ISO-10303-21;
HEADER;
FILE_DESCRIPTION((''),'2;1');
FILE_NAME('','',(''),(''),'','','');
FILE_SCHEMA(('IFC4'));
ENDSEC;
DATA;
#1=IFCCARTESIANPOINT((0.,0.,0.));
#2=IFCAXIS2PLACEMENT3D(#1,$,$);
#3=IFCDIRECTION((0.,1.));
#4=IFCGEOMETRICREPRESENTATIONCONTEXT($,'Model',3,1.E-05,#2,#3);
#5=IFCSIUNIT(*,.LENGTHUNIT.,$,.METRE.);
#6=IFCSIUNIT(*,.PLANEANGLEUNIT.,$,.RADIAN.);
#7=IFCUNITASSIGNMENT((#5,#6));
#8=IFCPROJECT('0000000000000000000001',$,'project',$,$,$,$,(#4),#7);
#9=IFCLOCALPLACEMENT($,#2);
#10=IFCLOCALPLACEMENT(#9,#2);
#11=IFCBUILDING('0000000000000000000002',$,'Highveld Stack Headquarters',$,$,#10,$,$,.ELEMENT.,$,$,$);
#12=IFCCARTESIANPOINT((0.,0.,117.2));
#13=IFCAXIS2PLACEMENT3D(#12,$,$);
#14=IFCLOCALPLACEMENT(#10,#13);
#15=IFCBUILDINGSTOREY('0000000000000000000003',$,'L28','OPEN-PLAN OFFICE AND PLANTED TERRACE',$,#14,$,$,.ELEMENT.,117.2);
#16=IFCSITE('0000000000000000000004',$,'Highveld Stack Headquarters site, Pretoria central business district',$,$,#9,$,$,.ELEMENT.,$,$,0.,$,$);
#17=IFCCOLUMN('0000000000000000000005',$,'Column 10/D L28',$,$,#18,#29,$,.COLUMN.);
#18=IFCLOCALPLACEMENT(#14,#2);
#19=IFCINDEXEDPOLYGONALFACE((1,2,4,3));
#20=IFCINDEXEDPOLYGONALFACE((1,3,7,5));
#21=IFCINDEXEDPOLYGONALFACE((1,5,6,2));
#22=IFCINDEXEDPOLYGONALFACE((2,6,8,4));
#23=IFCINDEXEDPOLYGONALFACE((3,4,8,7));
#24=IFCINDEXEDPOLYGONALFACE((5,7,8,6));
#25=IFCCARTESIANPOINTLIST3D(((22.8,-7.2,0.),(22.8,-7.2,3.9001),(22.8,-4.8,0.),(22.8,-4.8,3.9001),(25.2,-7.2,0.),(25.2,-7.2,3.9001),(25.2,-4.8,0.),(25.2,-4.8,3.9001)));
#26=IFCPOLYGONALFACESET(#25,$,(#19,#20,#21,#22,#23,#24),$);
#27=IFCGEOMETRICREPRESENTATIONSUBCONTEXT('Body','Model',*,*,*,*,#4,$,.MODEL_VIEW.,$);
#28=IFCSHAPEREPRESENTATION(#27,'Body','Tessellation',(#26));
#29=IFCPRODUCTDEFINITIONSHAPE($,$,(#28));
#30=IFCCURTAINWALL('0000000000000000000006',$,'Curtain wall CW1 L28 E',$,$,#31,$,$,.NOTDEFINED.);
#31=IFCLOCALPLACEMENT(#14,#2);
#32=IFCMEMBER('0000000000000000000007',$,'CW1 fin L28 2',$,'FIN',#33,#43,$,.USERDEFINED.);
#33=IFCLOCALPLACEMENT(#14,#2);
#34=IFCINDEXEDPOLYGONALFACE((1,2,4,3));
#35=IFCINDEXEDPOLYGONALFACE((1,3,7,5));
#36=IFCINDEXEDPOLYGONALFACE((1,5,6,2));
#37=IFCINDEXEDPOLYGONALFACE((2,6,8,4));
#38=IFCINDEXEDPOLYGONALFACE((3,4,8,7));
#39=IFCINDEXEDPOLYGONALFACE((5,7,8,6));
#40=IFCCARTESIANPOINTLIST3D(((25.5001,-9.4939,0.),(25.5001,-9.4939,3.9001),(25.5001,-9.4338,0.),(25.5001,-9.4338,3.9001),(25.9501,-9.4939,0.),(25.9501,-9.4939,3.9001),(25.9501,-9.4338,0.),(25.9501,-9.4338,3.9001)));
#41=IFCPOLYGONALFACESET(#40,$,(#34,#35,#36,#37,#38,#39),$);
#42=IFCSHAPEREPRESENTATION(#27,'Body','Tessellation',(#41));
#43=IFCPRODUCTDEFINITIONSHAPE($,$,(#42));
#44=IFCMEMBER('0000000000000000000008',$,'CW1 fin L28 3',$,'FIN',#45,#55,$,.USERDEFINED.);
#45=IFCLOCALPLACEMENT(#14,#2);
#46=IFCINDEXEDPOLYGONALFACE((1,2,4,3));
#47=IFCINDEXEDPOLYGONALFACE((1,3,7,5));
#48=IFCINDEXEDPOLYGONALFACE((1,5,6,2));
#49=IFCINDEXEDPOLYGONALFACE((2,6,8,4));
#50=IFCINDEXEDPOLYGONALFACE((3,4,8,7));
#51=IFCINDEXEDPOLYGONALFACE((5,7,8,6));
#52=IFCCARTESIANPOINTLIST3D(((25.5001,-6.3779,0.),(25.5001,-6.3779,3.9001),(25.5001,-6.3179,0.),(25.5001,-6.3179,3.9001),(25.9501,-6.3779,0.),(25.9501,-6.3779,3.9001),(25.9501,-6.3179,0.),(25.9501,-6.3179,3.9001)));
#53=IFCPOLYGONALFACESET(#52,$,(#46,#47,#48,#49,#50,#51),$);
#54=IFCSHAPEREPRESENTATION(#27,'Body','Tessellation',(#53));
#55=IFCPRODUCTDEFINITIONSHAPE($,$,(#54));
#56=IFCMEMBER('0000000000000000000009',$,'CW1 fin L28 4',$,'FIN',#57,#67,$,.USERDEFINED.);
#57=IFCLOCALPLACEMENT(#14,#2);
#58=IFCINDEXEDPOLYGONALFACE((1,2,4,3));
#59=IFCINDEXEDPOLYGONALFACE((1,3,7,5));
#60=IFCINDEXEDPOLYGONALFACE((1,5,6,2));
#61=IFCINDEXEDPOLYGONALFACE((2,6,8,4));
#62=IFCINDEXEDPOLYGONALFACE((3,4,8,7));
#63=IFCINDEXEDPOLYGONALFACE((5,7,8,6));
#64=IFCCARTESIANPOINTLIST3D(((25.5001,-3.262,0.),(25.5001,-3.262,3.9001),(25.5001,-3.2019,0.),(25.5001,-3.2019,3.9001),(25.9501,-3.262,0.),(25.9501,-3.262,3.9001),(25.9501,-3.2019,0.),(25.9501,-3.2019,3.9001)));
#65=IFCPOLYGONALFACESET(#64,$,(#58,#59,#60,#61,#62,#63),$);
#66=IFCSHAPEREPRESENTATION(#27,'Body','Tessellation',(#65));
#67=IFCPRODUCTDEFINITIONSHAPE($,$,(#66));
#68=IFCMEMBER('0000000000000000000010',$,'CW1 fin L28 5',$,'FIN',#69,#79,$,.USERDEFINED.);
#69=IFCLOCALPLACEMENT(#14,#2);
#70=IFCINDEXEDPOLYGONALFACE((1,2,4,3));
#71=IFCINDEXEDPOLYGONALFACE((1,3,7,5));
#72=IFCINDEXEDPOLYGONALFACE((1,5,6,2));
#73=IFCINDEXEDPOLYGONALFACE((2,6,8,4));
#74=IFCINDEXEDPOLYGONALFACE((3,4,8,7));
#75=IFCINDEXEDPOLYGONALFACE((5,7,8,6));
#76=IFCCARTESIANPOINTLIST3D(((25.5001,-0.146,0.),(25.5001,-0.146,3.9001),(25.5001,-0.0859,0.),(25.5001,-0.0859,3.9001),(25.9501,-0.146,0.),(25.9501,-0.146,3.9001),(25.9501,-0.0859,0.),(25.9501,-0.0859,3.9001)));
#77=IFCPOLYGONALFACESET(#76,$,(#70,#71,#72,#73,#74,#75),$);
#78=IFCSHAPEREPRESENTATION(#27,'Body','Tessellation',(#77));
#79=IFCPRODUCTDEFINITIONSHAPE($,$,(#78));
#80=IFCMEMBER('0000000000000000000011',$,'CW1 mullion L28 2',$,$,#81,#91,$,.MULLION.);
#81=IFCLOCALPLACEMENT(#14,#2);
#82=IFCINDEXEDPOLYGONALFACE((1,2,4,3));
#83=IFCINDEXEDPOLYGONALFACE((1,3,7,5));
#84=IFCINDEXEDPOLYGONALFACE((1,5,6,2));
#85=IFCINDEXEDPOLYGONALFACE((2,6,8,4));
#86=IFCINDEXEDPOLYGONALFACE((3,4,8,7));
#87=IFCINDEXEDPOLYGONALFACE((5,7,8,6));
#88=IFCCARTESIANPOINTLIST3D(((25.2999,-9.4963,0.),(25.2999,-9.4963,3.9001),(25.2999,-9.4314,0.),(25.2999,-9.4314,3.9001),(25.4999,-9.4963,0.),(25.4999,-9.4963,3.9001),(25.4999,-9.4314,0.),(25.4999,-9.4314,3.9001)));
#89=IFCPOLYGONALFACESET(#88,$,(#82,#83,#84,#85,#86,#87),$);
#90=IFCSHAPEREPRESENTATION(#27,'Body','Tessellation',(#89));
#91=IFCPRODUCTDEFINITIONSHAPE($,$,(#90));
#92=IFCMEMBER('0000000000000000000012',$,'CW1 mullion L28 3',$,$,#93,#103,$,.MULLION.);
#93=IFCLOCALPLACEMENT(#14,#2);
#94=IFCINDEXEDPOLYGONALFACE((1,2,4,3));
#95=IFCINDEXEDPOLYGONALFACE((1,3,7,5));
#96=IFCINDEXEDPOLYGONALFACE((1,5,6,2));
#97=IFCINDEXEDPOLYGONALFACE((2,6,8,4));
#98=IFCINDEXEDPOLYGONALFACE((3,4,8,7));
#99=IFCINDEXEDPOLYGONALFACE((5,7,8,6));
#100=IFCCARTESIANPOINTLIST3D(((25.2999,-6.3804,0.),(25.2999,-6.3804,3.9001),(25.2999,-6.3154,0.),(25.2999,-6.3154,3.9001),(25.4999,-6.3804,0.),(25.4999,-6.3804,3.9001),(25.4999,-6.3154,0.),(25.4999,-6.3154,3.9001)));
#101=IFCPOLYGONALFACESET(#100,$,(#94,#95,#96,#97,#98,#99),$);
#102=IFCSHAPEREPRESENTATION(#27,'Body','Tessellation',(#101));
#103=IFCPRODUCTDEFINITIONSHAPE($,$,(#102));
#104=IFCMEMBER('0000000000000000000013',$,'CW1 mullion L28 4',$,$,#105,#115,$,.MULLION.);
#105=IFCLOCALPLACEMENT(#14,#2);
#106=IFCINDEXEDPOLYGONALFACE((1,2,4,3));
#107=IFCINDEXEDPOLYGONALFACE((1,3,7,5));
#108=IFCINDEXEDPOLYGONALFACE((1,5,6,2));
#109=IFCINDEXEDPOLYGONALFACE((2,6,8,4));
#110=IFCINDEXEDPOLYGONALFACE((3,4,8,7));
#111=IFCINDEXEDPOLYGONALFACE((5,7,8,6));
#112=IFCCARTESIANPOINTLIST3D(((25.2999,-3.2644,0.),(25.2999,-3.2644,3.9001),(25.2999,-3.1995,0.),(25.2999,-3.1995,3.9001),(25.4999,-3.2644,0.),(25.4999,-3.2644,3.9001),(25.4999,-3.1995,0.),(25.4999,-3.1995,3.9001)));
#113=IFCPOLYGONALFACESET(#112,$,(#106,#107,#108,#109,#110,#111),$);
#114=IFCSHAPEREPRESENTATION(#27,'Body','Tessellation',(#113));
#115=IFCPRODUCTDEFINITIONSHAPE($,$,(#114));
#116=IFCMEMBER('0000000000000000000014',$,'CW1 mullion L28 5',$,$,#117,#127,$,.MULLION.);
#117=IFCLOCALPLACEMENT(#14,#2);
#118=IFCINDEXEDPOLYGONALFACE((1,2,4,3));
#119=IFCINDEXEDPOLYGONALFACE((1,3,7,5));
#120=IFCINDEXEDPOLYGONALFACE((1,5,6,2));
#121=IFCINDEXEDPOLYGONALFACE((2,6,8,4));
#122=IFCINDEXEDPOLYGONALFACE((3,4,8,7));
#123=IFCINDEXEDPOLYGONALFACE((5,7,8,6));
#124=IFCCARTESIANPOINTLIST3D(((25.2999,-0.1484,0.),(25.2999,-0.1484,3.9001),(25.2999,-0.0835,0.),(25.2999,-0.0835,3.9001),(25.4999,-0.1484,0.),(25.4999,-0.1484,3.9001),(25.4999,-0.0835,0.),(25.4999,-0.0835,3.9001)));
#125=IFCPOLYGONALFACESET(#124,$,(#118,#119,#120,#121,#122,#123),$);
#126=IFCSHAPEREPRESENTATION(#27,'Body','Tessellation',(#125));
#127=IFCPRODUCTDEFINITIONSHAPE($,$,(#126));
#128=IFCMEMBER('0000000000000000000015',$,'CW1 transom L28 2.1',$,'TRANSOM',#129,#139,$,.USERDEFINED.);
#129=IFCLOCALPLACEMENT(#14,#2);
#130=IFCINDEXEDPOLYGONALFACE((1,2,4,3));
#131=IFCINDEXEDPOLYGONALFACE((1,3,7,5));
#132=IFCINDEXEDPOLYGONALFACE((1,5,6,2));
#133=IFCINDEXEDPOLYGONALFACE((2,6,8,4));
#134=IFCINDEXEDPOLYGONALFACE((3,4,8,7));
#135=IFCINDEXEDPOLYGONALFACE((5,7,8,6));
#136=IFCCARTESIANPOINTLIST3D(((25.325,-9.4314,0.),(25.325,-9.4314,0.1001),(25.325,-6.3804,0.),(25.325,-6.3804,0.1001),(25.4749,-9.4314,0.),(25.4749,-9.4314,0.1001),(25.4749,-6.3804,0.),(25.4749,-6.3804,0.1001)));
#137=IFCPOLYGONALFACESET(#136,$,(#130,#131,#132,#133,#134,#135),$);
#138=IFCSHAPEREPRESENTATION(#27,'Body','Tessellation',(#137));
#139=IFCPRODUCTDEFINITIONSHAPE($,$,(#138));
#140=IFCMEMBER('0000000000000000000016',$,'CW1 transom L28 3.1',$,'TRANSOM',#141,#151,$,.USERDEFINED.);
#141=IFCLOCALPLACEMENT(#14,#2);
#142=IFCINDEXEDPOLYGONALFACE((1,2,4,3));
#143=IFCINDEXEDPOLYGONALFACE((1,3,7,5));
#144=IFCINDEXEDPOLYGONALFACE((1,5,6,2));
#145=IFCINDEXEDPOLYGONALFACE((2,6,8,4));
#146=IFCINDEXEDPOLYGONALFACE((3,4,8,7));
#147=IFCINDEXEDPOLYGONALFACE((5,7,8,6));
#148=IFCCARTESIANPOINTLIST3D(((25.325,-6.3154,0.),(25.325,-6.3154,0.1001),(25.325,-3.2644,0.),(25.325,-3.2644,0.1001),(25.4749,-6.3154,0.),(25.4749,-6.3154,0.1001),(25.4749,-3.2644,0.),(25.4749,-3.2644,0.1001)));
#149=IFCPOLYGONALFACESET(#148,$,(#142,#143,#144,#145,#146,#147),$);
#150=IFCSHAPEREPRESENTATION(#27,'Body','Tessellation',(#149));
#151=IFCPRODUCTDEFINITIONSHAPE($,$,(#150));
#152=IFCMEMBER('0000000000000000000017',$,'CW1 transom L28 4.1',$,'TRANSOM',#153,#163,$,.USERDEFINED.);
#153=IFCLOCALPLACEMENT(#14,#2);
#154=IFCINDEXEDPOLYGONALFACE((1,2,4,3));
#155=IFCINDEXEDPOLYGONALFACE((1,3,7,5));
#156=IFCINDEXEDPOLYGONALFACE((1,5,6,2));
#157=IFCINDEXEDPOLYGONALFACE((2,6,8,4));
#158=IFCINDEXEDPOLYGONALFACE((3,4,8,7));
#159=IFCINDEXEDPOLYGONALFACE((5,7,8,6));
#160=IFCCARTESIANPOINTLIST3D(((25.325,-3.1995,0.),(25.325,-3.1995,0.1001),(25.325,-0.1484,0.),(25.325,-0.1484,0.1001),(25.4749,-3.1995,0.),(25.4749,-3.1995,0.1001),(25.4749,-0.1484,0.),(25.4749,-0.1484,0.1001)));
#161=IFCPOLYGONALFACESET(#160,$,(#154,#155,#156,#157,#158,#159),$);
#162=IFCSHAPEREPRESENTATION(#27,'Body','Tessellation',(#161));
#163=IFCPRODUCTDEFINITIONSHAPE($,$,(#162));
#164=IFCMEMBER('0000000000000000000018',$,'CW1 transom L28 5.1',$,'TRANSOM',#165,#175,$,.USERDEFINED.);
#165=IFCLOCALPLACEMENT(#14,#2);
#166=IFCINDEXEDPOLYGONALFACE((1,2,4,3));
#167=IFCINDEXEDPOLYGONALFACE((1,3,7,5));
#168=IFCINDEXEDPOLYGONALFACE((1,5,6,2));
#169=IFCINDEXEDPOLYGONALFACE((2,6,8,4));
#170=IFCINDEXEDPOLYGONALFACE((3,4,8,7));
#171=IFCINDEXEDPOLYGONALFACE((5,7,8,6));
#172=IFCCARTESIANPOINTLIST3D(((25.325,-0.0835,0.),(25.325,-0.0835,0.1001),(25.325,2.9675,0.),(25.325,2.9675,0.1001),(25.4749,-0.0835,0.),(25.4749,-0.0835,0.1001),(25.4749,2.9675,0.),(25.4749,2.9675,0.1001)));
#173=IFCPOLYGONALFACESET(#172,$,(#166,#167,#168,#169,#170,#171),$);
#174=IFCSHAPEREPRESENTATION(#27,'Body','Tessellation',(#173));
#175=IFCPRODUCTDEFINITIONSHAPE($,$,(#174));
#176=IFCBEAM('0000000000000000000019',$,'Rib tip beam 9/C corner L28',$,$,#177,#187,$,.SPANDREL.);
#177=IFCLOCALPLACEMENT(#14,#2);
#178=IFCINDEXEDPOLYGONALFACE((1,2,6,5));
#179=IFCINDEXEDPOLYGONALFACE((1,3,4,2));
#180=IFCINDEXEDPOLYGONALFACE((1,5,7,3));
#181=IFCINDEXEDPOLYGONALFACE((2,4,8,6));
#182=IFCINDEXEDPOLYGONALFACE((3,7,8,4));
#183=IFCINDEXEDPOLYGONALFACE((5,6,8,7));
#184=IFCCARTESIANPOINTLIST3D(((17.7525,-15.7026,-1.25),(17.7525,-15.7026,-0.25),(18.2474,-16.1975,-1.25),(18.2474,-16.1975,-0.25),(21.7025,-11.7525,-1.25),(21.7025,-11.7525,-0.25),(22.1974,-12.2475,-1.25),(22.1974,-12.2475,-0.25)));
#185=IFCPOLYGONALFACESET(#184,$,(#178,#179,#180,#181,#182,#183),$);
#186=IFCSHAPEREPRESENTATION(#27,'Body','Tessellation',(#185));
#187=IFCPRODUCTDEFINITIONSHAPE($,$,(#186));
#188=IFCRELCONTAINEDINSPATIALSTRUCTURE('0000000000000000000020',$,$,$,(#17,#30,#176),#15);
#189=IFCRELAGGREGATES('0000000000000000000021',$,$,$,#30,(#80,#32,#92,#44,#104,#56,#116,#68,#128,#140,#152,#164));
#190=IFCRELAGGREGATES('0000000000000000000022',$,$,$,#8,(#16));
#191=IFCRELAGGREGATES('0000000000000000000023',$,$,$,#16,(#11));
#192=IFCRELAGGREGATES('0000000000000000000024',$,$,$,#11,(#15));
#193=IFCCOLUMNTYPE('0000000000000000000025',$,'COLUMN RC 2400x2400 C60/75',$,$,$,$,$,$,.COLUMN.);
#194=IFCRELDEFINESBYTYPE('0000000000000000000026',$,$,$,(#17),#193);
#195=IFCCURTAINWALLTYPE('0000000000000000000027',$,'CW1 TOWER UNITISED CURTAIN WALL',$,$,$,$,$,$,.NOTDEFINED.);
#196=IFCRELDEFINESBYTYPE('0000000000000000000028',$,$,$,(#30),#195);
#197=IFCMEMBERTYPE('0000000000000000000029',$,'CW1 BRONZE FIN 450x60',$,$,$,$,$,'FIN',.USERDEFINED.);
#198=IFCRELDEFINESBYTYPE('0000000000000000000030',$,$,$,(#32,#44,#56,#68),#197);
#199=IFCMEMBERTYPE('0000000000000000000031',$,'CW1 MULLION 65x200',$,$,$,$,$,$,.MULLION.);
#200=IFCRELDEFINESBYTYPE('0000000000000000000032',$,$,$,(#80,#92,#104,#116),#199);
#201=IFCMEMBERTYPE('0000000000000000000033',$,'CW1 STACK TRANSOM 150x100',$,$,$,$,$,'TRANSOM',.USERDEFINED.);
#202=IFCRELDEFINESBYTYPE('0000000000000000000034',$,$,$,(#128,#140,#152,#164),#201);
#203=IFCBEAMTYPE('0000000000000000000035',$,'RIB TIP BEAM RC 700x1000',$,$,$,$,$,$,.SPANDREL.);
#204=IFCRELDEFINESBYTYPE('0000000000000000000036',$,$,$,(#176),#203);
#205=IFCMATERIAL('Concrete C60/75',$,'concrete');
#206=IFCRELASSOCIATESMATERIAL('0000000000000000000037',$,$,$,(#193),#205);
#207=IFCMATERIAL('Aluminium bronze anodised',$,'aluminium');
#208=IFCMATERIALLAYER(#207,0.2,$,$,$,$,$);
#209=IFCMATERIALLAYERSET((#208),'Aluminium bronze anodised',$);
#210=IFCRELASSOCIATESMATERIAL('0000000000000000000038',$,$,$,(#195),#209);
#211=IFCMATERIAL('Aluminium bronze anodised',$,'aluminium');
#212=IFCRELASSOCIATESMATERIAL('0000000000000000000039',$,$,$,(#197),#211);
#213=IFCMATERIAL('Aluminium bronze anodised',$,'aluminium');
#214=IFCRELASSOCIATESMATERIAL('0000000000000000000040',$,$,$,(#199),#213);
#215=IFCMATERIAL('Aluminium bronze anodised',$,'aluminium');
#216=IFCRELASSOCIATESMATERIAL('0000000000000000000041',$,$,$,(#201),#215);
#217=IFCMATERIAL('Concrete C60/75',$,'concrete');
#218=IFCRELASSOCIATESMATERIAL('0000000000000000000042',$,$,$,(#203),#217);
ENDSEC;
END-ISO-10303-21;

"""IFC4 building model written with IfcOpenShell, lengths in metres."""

from ifc_helpers import new_model, si_unit, direction, frame, origin, origin_2d, place, context, subcontext, project, spatial, rectangle, extrude, material, layer, layer_set, material_profile, profile_set, type_object, element, aggregate, save


model = new_model("IFC4")

# Units and contexts
model_context = context("Model", 3, precision=1e-05, world=origin(), true_north=direction((0.0, 1.0)))
body_context = subcontext(model_context, "Body", "Model", "MODEL_VIEW")
ifc_project = project(units=[si_unit("LENGTHUNIT", "METRE"), si_unit("PLANEANGLEUNIT", "RADIAN")], contexts=[model_context])

# Site, building, storey
site_placement = place(None, origin())
site = spatial("IfcSite", under=ifc_project, at=site_placement, Name="Highveld Stack Headquarters site, Pretoria central business district", CompositionType="ELEMENT", RefElevation=0.0)
building_placement = place(site_placement, origin())
building = spatial("IfcBuilding", under=site, at=building_placement, Name="Highveld Stack Headquarters", CompositionType="ELEMENT")
storey_placement = place(building_placement, frame((0.0, 0.0, 117.2)))
storey = spatial("IfcBuildingStorey", under=building, at=storey_placement, Name="L28", Description="OPEN-PLAN OFFICE AND PLANTED TERRACE", CompositionType="ELEMENT", Elevation=117.2)

# Column
ifc_material_1 = material(Name="Concrete C60/75", Category="concrete")
ifc_material_profile_1 = material_profile(ifc_material_1, rectangle(XDim=2.3999, YDim=2.3999, at=origin_2d()), Name="RC 2400x2400")
ifc_profile_set_1 = profile_set([ifc_material_profile_1], Name="Concrete C60/75")
column_type = type_object("IfcColumnType", Name="COLUMN RC 2400x2400 C60/75", PredefinedType="COLUMN", material=ifc_profile_set_1)
column_placement = place(storey_placement, frame((24.0, -6.0, 0.0), z_axis=(0.0, 0.0, 1.0), x_axis=(1.0, 0.0, 0.0)))
element("IfcColumn", 1, at=column_placement, inside=storey, type_object=column_type, Name="Column 10/D L28", PredefinedType="COLUMN", context=body_context, shape_type="SweptSolid", body=[
    extrude(rectangle(XDim=2.3999, YDim=2.3999, at=origin_2d()), origin(), (0.0, 0.0, 1.0), 3.9001),
])

# Curtain wall, members
ifc_material_2 = material(Name="Aluminium bronze anodised", Category="aluminium")
ifc_layer_1 = layer(ifc_material_2, 0.2)
ifc_layer_set_1 = layer_set([ifc_layer_1], Name="Aluminium bronze anodised")
curtain_wall_type = type_object("IfcCurtainWallType", Name="CW1 TOWER UNITISED CURTAIN WALL", PredefinedType="NOTDEFINED", material=ifc_layer_set_1)
curtain_wall_placement = place(storey_placement, origin())
curtain_wall = element("IfcCurtainWall", 2, at=curtain_wall_placement, inside=storey, type_object=curtain_wall_type, Name="Curtain wall CW1 L28 E", PredefinedType="NOTDEFINED")
ifc_material_3 = material(Name="Aluminium bronze anodised", Category="aluminium")
ifc_material_profile_2 = material_profile(ifc_material_3, rectangle(XDim=0.45, YDim=0.0601, at=origin_2d()), Name="FIN 450x60")
ifc_profile_set_2 = profile_set([ifc_material_profile_2], Name="Aluminium bronze anodised")
member_type_1 = type_object("IfcMemberType", Name="CW1 BRONZE FIN 450x60", ElementType="FIN", PredefinedType="USERDEFINED", material=ifc_profile_set_2)
member_1_placement = place(storey_placement, frame((25.7251, -9.4639, 0.0), z_axis=(0.0, 0.0, 1.0), x_axis=(-1.0, 0.0, 0.0)))
member_1 = element("IfcMember", 3, at=member_1_placement, type_object=member_type_1, Name="CW1 fin L28 2", ObjectType="FIN", PredefinedType="USERDEFINED", context=body_context, shape_type="SweptSolid", body=[
    extrude(rectangle(XDim=0.45, YDim=0.0601, at=origin_2d()), origin(), (0.0, 0.0, 1.0), 3.9001),
])
member_2_placement = place(storey_placement, frame((25.7251, -6.3479, 0.0), z_axis=(0.0, 0.0, 1.0), x_axis=(-1.0, 0.0, 0.0)))
member_2 = element("IfcMember", 4, at=member_2_placement, type_object=member_type_1, Name="CW1 fin L28 3", ObjectType="FIN", PredefinedType="USERDEFINED", context=body_context, shape_type="SweptSolid", body=[
    extrude(rectangle(XDim=0.45, YDim=0.0601, at=origin_2d()), origin(), (0.0, 0.0, 1.0), 3.9001),
])
member_3_placement = place(storey_placement, frame((25.7251, -3.2319, 0.0), z_axis=(0.0, 0.0, 1.0), x_axis=(-1.0, 0.0, 0.0)))
member_3 = element("IfcMember", 5, at=member_3_placement, type_object=member_type_1, Name="CW1 fin L28 4", ObjectType="FIN", PredefinedType="USERDEFINED", context=body_context, shape_type="SweptSolid", body=[
    extrude(rectangle(XDim=0.45, YDim=0.0601, at=origin_2d()), origin(), (0.0, 0.0, 1.0), 3.9001),
])
member_4_placement = place(storey_placement, frame((25.7251, -0.116, 0.0), z_axis=(0.0, 0.0, 1.0), x_axis=(-1.0, 0.0, 0.0)))
member_4 = element("IfcMember", 6, at=member_4_placement, type_object=member_type_1, Name="CW1 fin L28 5", ObjectType="FIN", PredefinedType="USERDEFINED", context=body_context, shape_type="SweptSolid", body=[
    extrude(rectangle(XDim=0.45, YDim=0.0601, at=origin_2d()), origin(), (0.0, 0.0, 1.0), 3.9001),
])
ifc_material_4 = material(Name="Aluminium bronze anodised", Category="aluminium")
ifc_material_profile_3 = material_profile(ifc_material_4, rectangle(XDim=0.2, YDim=0.0649, at=origin_2d()), Name="CW1 MULLION 65x200")
ifc_profile_set_3 = profile_set([ifc_material_profile_3], Name="Aluminium bronze anodised")
member_type_2 = type_object("IfcMemberType", Name="CW1 MULLION 65x200", PredefinedType="MULLION", material=ifc_profile_set_3)
member_5_placement = place(storey_placement, frame((25.3999, -9.4639, 0.0), z_axis=(0.0, 0.0, 1.0), x_axis=(-1.0, 0.0, 0.0)))
member_5 = element("IfcMember", 7, at=member_5_placement, type_object=member_type_2, Name="CW1 mullion L28 2", PredefinedType="MULLION", context=body_context, shape_type="SweptSolid", body=[
    extrude(rectangle(XDim=0.2, YDim=0.0649, at=origin_2d()), origin(), (0.0, 0.0, 1.0), 3.9001),
])
member_6_placement = place(storey_placement, frame((25.3999, -6.3479, 0.0), z_axis=(0.0, 0.0, 1.0), x_axis=(-1.0, 0.0, 0.0)))
member_6 = element("IfcMember", 8, at=member_6_placement, type_object=member_type_2, Name="CW1 mullion L28 3", PredefinedType="MULLION", context=body_context, shape_type="SweptSolid", body=[
    extrude(rectangle(XDim=0.2, YDim=0.0649, at=origin_2d()), origin(), (0.0, 0.0, 1.0), 3.9001),
])
member_7_placement = place(storey_placement, frame((25.3999, -3.2319, 0.0), z_axis=(0.0, 0.0, 1.0), x_axis=(-1.0, 0.0, 0.0)))
member_7 = element("IfcMember", 9, at=member_7_placement, type_object=member_type_2, Name="CW1 mullion L28 4", PredefinedType="MULLION", context=body_context, shape_type="SweptSolid", body=[
    extrude(rectangle(XDim=0.2, YDim=0.0649, at=origin_2d()), origin(), (0.0, 0.0, 1.0), 3.9001),
])
member_8_placement = place(storey_placement, frame((25.3999, -0.116, 0.0), z_axis=(0.0, 0.0, 1.0), x_axis=(-1.0, 0.0, 0.0)))
member_8 = element("IfcMember", 10, at=member_8_placement, type_object=member_type_2, Name="CW1 mullion L28 5", PredefinedType="MULLION", context=body_context, shape_type="SweptSolid", body=[
    extrude(rectangle(XDim=0.2, YDim=0.0649, at=origin_2d()), origin(), (0.0, 0.0, 1.0), 3.9001),
])
ifc_material_5 = material(Name="Aluminium bronze anodised", Category="aluminium")
ifc_material_profile_4 = material_profile(ifc_material_5, rectangle(XDim=0.1499, YDim=0.1001, at=origin_2d()), Name="CW1 TRANSOM 150x100")
ifc_profile_set_4 = profile_set([ifc_material_profile_4], Name="Aluminium bronze anodised")
member_type_3 = type_object("IfcMemberType", Name="CW1 STACK TRANSOM 150x100", ElementType="TRANSOM", PredefinedType="USERDEFINED", material=ifc_profile_set_4)
member_9_placement = place(storey_placement, frame((25.3999, -9.4314, 0.05), z_axis=(0.0, 1.0, 0.0), x_axis=(-1.0, 0.0, 0.0)))
member_9 = element("IfcMember", 11, at=member_9_placement, type_object=member_type_3, Name="CW1 transom L28 2.1", ObjectType="TRANSOM", PredefinedType="USERDEFINED", context=body_context, shape_type="SweptSolid", body=[
    extrude(rectangle(XDim=0.1499, YDim=0.1001, at=origin_2d()), origin(), (0.0, 0.0, 1.0), 3.051),
])
member_10_placement = place(storey_placement, frame((25.3999, -6.3154, 0.05), z_axis=(0.0, 1.0, 0.0), x_axis=(-1.0, 0.0, 0.0)))
member_10 = element("IfcMember", 12, at=member_10_placement, type_object=member_type_3, Name="CW1 transom L28 3.1", ObjectType="TRANSOM", PredefinedType="USERDEFINED", context=body_context, shape_type="SweptSolid", body=[
    extrude(rectangle(XDim=0.1499, YDim=0.1001, at=origin_2d()), origin(), (0.0, 0.0, 1.0), 3.051),
])
member_11_placement = place(storey_placement, frame((25.3999, -3.1995, 0.05), z_axis=(0.0, 1.0, 0.0), x_axis=(-1.0, 0.0, 0.0)))
member_11 = element("IfcMember", 13, at=member_11_placement, type_object=member_type_3, Name="CW1 transom L28 4.1", ObjectType="TRANSOM", PredefinedType="USERDEFINED", context=body_context, shape_type="SweptSolid", body=[
    extrude(rectangle(XDim=0.1499, YDim=0.1001, at=origin_2d()), origin(), (0.0, 0.0, 1.0), 3.051),
])
member_12_placement = place(storey_placement, frame((25.3999, -0.0835, 0.05), z_axis=(0.0, 1.0, 0.0), x_axis=(-1.0, 0.0, 0.0)))
member_12 = element("IfcMember", 14, at=member_12_placement, type_object=member_type_3, Name="CW1 transom L28 5.1", ObjectType="TRANSOM", PredefinedType="USERDEFINED", context=body_context, shape_type="SweptSolid", body=[
    extrude(rectangle(XDim=0.1499, YDim=0.1001, at=origin_2d()), origin(), (0.0, 0.0, 1.0), 3.051),
])

# Beam
ifc_material_6 = material(Name="Concrete C60/75", Category="concrete")
ifc_material_profile_5 = material_profile(ifc_material_6, rectangle(XDim=0.7, YDim=1.0, at=origin_2d()), Name="RC 700x1000")
ifc_profile_set_5 = profile_set([ifc_material_profile_5], Name="Concrete C60/75")
beam_type = type_object("IfcBeamType", Name="RIB TIP BEAM RC 700x1000", PredefinedType="SPANDREL", material=ifc_profile_set_5)
beam_placement = place(storey_placement, frame((21.95, -12.0, -0.75), z_axis=(-0.707107, -0.707107, 0.0), x_axis=(0.707107, -0.707107, 0.0)))
element("IfcBeam", 15, at=beam_placement, inside=storey, type_object=beam_type, Name="Rib tip beam 9/C corner L28", PredefinedType="SPANDREL", context=body_context, shape_type="SweptSolid", body=[
    extrude(rectangle(XDim=0.7, YDim=1.0, at=origin_2d()), origin(), (0.0, 0.0, 1.0), 5.5862),
])

aggregate(curtain_wall, [member_5, member_1, member_6, member_2, member_7, member_3, member_8, member_4, member_9, member_10, member_11, member_12])

save(model, "model.ifc")
